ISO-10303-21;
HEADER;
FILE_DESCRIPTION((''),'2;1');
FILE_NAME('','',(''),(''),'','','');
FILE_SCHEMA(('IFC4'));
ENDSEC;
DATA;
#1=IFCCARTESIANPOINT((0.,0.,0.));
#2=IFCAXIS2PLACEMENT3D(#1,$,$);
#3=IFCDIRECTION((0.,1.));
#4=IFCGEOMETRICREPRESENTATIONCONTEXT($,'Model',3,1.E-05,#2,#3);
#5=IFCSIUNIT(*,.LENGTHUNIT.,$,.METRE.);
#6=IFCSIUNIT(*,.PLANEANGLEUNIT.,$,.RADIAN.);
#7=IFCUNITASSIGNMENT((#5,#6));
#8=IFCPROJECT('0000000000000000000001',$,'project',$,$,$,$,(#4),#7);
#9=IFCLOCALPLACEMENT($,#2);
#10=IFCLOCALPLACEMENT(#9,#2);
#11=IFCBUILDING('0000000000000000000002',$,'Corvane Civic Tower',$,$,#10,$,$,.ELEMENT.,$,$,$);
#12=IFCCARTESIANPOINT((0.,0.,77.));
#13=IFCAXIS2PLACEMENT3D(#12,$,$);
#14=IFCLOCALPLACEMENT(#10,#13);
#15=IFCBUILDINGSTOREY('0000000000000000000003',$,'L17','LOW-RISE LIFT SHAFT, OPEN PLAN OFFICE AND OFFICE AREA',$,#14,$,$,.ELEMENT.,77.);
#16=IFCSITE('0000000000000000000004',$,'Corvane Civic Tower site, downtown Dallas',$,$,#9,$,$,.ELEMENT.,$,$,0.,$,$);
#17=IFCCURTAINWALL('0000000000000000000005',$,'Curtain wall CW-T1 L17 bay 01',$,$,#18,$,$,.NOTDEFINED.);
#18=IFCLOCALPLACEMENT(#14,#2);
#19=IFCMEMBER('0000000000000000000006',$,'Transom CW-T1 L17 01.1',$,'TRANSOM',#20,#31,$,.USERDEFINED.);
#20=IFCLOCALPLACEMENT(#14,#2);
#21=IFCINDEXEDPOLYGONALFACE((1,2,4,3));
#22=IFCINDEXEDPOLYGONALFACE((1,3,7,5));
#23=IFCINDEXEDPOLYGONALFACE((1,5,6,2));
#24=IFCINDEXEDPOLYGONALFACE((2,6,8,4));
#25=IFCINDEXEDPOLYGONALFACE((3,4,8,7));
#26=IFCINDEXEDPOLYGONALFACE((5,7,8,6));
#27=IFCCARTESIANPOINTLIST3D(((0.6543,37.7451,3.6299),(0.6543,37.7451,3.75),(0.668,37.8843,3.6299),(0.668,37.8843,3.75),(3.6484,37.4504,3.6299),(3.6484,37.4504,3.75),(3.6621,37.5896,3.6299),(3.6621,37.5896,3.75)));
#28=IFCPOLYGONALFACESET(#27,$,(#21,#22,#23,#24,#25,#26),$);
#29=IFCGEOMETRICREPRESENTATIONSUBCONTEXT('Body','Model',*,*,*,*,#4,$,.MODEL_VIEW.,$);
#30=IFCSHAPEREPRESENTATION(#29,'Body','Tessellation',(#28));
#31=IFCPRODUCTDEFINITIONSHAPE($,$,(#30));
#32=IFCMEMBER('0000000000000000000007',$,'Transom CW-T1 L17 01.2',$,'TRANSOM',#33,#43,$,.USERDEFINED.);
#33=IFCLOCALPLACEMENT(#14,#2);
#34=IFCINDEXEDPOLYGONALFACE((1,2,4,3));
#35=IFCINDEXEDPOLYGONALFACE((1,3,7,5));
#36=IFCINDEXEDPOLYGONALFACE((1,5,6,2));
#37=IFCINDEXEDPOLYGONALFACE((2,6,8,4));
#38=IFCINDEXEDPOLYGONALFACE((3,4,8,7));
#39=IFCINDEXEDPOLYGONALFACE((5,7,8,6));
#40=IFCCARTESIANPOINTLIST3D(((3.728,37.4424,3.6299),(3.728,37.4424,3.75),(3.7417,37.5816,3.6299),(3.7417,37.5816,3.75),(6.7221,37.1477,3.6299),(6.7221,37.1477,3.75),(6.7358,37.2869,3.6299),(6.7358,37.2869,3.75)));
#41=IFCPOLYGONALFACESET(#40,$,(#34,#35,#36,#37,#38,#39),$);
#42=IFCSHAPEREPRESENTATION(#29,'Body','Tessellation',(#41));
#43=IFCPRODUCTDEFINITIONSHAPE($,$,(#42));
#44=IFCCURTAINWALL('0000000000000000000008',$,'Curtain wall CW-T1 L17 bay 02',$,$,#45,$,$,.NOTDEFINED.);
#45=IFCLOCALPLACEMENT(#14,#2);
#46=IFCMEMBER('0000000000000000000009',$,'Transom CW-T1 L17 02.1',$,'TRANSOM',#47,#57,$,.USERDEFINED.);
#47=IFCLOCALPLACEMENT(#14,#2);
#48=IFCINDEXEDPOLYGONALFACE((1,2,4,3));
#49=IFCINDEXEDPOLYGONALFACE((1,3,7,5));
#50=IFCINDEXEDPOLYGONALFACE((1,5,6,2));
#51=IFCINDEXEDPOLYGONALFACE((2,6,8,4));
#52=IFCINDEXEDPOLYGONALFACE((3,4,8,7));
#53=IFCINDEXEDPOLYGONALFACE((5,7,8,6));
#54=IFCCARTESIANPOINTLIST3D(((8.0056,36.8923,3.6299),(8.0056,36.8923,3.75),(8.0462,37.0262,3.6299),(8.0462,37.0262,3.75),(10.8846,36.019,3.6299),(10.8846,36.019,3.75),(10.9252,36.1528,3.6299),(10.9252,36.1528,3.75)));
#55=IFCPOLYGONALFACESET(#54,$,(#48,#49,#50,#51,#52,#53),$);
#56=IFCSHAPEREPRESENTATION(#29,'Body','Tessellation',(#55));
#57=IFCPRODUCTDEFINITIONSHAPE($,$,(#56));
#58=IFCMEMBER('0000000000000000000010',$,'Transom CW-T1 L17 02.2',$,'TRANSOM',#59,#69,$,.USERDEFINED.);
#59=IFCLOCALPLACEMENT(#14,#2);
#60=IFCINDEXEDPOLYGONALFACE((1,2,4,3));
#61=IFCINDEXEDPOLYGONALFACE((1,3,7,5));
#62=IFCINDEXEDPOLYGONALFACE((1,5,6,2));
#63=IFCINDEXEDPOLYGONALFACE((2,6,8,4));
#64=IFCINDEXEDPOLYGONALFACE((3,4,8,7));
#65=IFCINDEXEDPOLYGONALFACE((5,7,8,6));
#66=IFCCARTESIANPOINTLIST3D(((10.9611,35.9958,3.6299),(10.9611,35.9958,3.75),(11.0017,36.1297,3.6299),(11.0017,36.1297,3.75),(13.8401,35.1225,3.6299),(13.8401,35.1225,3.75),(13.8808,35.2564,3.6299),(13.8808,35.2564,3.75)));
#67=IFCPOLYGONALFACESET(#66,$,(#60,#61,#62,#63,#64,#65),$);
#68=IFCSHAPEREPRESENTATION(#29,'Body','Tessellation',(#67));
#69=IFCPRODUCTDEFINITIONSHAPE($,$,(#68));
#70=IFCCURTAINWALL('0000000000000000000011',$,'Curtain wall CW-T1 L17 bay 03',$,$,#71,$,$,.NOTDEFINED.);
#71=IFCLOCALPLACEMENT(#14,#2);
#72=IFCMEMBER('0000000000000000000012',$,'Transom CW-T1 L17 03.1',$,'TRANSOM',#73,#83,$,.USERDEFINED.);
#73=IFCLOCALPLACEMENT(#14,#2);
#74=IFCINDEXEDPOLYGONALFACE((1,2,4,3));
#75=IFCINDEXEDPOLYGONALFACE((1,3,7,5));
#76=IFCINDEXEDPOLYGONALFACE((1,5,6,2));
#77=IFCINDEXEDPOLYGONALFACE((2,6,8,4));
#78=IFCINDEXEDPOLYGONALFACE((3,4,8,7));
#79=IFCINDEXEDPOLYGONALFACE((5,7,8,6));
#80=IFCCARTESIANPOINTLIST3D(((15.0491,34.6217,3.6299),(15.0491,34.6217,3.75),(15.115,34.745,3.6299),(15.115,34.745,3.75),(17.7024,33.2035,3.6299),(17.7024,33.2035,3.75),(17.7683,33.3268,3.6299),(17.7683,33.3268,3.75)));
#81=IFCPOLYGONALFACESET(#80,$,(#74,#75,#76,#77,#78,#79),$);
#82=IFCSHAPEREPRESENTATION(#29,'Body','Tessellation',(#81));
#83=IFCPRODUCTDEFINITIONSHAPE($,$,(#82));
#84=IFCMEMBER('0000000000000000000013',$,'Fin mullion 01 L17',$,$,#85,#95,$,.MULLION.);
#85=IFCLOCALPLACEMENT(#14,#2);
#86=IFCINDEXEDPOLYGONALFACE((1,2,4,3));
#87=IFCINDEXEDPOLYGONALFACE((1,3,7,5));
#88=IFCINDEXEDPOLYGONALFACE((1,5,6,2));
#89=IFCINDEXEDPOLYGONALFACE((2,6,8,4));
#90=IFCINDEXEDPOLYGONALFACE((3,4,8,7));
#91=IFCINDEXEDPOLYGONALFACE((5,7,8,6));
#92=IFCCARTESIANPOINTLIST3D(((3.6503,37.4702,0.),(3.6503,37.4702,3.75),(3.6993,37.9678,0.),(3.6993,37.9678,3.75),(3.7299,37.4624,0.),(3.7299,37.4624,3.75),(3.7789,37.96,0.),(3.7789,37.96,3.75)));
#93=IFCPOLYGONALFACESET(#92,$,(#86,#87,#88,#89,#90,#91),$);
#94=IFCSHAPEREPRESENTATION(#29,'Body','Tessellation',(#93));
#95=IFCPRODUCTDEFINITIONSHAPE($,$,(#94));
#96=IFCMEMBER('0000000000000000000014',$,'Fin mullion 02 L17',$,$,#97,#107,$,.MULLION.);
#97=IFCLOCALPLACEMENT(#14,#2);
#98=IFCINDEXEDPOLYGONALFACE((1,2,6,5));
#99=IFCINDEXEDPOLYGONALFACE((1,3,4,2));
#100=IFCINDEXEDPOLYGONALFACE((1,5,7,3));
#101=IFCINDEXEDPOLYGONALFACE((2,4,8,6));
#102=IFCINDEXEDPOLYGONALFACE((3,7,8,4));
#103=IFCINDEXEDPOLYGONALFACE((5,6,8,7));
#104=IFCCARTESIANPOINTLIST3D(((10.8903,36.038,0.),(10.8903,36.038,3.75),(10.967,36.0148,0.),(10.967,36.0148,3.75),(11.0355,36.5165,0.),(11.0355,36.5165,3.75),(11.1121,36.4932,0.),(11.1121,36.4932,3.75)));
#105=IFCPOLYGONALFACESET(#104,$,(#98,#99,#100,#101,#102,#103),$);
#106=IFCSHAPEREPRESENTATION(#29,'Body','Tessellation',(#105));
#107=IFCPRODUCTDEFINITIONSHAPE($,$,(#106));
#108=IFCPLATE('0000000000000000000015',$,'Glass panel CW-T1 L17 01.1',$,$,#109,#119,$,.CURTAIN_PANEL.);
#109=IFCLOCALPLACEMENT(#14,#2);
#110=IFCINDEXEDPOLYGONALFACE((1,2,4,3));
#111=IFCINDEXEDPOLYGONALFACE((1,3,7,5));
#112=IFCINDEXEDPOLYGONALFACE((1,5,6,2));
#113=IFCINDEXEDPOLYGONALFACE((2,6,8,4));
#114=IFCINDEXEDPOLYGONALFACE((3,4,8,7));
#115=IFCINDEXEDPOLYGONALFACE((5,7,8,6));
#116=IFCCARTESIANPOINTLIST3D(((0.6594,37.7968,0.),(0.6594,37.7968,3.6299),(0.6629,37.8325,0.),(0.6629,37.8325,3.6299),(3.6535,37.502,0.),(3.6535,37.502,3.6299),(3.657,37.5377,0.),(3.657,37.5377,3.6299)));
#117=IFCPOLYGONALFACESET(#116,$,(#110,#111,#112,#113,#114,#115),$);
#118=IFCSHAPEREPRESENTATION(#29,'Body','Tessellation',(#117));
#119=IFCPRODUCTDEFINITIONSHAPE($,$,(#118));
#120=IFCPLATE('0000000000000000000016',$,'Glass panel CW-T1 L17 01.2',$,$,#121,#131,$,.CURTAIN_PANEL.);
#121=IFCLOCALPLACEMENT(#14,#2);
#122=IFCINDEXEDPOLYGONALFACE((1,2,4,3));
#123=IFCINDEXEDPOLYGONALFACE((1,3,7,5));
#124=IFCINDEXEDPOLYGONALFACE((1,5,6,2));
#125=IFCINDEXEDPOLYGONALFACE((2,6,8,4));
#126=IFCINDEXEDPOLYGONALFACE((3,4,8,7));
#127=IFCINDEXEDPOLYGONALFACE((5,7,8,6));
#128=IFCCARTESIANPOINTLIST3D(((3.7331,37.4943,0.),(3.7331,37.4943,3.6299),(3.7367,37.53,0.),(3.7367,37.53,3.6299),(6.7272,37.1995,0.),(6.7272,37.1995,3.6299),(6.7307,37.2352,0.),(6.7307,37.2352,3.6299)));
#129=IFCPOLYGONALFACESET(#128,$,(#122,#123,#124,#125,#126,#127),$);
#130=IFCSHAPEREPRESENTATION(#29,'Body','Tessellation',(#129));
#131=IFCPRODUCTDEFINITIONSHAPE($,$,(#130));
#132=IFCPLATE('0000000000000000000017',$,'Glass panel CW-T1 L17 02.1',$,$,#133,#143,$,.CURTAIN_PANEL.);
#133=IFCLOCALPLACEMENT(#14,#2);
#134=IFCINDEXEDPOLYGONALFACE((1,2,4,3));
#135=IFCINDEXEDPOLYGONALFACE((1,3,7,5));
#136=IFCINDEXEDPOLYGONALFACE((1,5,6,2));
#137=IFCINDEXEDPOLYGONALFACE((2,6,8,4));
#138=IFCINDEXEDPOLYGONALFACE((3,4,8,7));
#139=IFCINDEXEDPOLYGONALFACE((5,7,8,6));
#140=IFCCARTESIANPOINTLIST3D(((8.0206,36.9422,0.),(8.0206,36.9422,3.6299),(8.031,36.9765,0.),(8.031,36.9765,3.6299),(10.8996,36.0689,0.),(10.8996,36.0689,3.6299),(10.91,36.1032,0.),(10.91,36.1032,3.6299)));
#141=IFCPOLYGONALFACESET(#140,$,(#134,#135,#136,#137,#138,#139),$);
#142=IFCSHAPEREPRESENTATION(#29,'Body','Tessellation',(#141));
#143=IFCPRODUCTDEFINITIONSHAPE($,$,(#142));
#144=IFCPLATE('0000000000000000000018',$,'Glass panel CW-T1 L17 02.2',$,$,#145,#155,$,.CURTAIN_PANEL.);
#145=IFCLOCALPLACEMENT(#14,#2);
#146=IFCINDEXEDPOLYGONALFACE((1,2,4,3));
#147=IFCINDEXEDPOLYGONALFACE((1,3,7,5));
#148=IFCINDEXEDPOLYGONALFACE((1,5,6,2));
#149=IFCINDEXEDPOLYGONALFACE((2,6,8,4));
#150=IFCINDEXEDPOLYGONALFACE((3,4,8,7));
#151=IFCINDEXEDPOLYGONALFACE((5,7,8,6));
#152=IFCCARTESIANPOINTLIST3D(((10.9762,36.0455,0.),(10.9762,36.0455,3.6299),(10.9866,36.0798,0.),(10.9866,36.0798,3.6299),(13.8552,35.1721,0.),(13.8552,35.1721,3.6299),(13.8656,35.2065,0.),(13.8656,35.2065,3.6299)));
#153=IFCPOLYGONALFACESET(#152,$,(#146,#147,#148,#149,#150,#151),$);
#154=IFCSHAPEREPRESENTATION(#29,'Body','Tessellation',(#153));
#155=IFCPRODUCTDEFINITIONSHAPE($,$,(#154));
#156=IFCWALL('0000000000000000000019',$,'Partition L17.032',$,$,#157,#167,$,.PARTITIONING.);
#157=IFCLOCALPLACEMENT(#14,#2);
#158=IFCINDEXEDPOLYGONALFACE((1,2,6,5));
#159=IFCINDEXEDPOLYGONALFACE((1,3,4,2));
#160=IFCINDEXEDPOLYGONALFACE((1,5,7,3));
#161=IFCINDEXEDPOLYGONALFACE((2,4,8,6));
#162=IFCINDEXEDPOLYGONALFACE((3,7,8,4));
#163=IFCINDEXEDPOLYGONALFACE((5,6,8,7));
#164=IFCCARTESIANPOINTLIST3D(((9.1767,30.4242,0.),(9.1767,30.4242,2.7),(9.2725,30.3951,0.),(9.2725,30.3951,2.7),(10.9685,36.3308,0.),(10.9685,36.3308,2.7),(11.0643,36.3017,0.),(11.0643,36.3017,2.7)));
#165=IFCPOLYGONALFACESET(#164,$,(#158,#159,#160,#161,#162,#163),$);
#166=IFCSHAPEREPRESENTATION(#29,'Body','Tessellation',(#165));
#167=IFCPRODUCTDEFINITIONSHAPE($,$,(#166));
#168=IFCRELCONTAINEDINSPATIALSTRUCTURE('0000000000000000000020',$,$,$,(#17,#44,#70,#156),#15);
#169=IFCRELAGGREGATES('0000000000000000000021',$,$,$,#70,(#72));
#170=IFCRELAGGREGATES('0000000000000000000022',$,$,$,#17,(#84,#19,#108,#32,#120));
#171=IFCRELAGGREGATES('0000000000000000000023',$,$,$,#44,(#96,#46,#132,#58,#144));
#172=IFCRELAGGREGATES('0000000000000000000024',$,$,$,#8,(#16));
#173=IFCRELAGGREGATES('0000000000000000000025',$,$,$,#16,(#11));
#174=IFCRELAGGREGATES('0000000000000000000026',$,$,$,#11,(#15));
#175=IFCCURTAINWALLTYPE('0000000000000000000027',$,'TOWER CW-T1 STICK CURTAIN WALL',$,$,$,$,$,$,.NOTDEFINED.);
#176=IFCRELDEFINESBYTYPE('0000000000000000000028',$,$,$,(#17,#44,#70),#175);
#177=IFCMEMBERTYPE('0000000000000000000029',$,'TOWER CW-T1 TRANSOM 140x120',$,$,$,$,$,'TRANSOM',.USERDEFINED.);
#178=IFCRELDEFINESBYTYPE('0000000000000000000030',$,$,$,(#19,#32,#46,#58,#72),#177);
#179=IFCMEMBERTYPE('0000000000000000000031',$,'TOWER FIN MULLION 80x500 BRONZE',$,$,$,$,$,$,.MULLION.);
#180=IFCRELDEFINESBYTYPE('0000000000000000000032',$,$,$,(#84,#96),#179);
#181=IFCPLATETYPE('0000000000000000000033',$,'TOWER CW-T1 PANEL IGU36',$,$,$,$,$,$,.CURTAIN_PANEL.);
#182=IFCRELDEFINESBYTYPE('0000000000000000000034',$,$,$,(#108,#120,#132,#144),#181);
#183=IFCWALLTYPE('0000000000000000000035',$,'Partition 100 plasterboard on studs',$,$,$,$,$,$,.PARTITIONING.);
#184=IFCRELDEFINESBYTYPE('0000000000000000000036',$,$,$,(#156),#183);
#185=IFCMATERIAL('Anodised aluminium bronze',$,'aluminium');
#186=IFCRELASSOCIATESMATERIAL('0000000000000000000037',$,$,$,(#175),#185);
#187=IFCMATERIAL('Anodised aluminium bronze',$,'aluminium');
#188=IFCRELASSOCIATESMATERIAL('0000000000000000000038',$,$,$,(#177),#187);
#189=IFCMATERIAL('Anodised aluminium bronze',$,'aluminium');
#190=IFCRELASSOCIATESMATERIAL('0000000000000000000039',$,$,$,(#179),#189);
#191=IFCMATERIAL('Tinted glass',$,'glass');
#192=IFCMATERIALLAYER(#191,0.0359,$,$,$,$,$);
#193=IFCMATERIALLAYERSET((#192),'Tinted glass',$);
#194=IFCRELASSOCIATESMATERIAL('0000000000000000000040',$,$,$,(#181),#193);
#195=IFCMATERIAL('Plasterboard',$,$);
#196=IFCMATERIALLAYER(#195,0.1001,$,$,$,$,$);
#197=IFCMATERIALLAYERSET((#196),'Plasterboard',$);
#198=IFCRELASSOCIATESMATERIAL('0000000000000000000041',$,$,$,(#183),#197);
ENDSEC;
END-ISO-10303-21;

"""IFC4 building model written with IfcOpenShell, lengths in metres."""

from ifc_helpers import new_model, si_unit, direction, frame, frame_2d, origin, origin_2d, place, context, subcontext, project, spatial, rectangle, extrude, material, layer, layer_set, material_profile, profile_set, type_object, element, aggregate, save


model = new_model("IFC4")

# Units and contexts
model_context = context("Model", 3, precision=1e-05, world=origin(), true_north=direction((0.0, 1.0)))
body_context = subcontext(model_context, "Body", "Model", "MODEL_VIEW")
ifc_project = project(units=[si_unit("LENGTHUNIT", "METRE"), si_unit("PLANEANGLEUNIT", "RADIAN")], contexts=[model_context])

# Site, building, storey
site_placement = place(None, origin())
site = spatial("IfcSite", under=ifc_project, at=site_placement, Name="Corvane Civic Tower site, downtown Dallas", CompositionType="ELEMENT", RefElevation=0.0)
building_placement = place(site_placement, origin())
building = spatial("IfcBuilding", under=site, at=building_placement, Name="Corvane Civic Tower", CompositionType="ELEMENT")
storey_placement = place(building_placement, frame((0.0, 0.0, 77.0)))
storey = spatial("IfcBuildingStorey", under=building, at=storey_placement, Name="L17", Description="LOW-RISE LIFT SHAFT, OPEN PLAN OFFICE AND OFFICE AREA", CompositionType="ELEMENT", Elevation=77.0)

# Curtain walls, members
ifc_material_1 = material(Name="Anodised aluminium bronze", Category="aluminium")
curtain_wall_type = type_object("IfcCurtainWallType", Name="TOWER CW-T1 STICK CURTAIN WALL", PredefinedType="NOTDEFINED", material=ifc_material_1)
curtain_wall_1_placement = place(storey_placement, origin())
curtain_wall_1 = element("IfcCurtainWall", 1, at=curtain_wall_1_placement, inside=storey, type_object=curtain_wall_type, Name="Curtain wall CW-T1 L17 bay 01", PredefinedType="NOTDEFINED")
ifc_material_2 = material(Name="Anodised aluminium bronze", Category="aluminium")
ifc_material_profile_1 = material_profile(ifc_material_2, rectangle(XDim=0.1399, YDim=0.1201, at=origin_2d()), Name="TOWER CW-T1 TRANSOM 140x120")
ifc_profile_set_1 = profile_set([ifc_material_profile_1], Name="Anodised aluminium bronze")
member_type_1 = type_object("IfcMemberType", Name="TOWER CW-T1 TRANSOM 140x120", ElementType="TRANSOM", PredefinedType="USERDEFINED", material=ifc_profile_set_1)
member_1_placement = place(storey_placement, frame((0.6611, 37.8147, 3.6899), z_axis=(0.995192, -0.097945, 0.0), x_axis=(0.097945, 0.995192, 0.0)))
member_1 = element("IfcMember", 2, at=member_1_placement, type_object=member_type_1, Name="Transom CW-T1 L17 01.1", ObjectType="TRANSOM", PredefinedType="USERDEFINED", context=body_context, shape_type="SweptSolid", body=[
    extrude(rectangle(XDim=0.1399, YDim=0.1201, at=origin_2d()), origin(), (0.0, 0.0, 1.0), 3.0085),
])
member_2_placement = place(storey_placement, frame((3.7349, 37.512, 3.6899), z_axis=(0.995192, -0.097945, 0.0), x_axis=(0.097945, 0.995192, 0.0)))
member_2 = element("IfcMember", 3, at=member_2_placement, type_object=member_type_1, Name="Transom CW-T1 L17 01.2", ObjectType="TRANSOM", PredefinedType="USERDEFINED", context=body_context, shape_type="SweptSolid", body=[
    extrude(rectangle(XDim=0.1399, YDim=0.1201, at=origin_2d()), origin(), (0.0, 0.0, 1.0), 3.0085),
])
curtain_wall_2_placement = place(storey_placement, origin())
curtain_wall_2 = element("IfcCurtainWall", 4, at=curtain_wall_2_placement, inside=storey, type_object=curtain_wall_type, Name="Curtain wall CW-T1 L17 bay 02", PredefinedType="NOTDEFINED")
member_3_placement = place(storey_placement, frame((8.0259, 36.9592, 3.6899), z_axis=(0.956942, -0.29028, 0.0), x_axis=(0.29028, 0.956942, 0.0)))
member_3 = element("IfcMember", 5, at=member_3_placement, type_object=member_type_1, Name="Transom CW-T1 L17 02.1", ObjectType="TRANSOM", PredefinedType="USERDEFINED", context=body_context, shape_type="SweptSolid", body=[
    extrude(rectangle(XDim=0.1399, YDim=0.1201, at=origin_2d()), origin(), (0.0, 0.0, 1.0), 3.0085),
])
member_4_placement = place(storey_placement, frame((10.9814, 36.0627, 3.6899), z_axis=(0.956942, -0.29028, 0.0), x_axis=(0.29028, 0.956942, 0.0)))
member_4 = element("IfcMember", 6, at=member_4_placement, type_object=member_type_1, Name="Transom CW-T1 L17 02.2", ObjectType="TRANSOM", PredefinedType="USERDEFINED", context=body_context, shape_type="SweptSolid", body=[
    extrude(rectangle(XDim=0.1399, YDim=0.1201, at=origin_2d()), origin(), (0.0, 0.0, 1.0), 3.0085),
])

# Curtain wall, member
curtain_wall_3_placement = place(storey_placement, origin())
curtain_wall_3 = element("IfcCurtainWall", 7, at=curtain_wall_3_placement, inside=storey, type_object=curtain_wall_type, Name="Curtain wall CW-T1 L17 bay 03", PredefinedType="NOTDEFINED")
member_5_placement = place(storey_placement, frame((15.082, 34.6833, 3.6899), z_axis=(0.881924, -0.471393, 0.0), x_axis=(0.471393, 0.881924, 0.0)))
member_5 = element("IfcMember", 8, at=member_5_placement, type_object=member_type_1, Name="Transom CW-T1 L17 03.1", ObjectType="TRANSOM", PredefinedType="USERDEFINED", context=body_context, shape_type="SweptSolid", body=[
    extrude(rectangle(XDim=0.1399, YDim=0.1201, at=origin_2d()), origin(), (0.0, 0.0, 1.0), 3.0085),
])
aggregate(curtain_wall_3, [member_5])

# Members
ifc_material_3 = material(Name="Anodised aluminium bronze", Category="aluminium")
ifc_material_profile_2 = material_profile(ifc_material_3, rectangle(XDim=0.0801, YDim=0.5, at=origin_2d()), Name="TOWER FIN MULLION 80x500 BRONZE")
ifc_profile_set_2 = profile_set([ifc_material_profile_2], Name="Anodised aluminium bronze")
member_type_2 = type_object("IfcMemberType", Name="TOWER FIN MULLION 80x500 BRONZE", PredefinedType="MULLION", material=ifc_profile_set_2)
member_6_placement = place(storey_placement, frame((3.7146, 37.7151, 0.0), z_axis=(0.0, 0.0, 1.0), x_axis=(0.995186, -0.098006, 0.0)))
member_6 = element("IfcMember", 9, at=member_6_placement, type_object=member_type_2, Name="Fin mullion 01 L17", PredefinedType="MULLION", context=body_context, shape_type="SweptSolid", body=[
    extrude(rectangle(XDim=0.0801, YDim=0.5, at=origin_2d()), origin(), (0.0, 0.0, 1.0), 3.75),
])
member_7_placement = place(storey_placement, frame((11.0012, 36.2656, 0.0), z_axis=(0.0, 0.0, 1.0), x_axis=(0.956942, -0.290278, 0.0)))
member_7 = element("IfcMember", 10, at=member_7_placement, type_object=member_type_2, Name="Fin mullion 02 L17", PredefinedType="MULLION", context=body_context, shape_type="SweptSolid", body=[
    extrude(rectangle(XDim=0.0801, YDim=0.5, at=origin_2d()), origin(), (0.0, 0.0, 1.0), 3.75),
])

# Plates
ifc_material_4 = material(Name="Tinted glass", Category="glass")
ifc_layer_1 = layer(ifc_material_4, 0.0359)
ifc_layer_set_1 = layer_set([ifc_layer_1], Name="Tinted glass")
plate_type = type_object("IfcPlateType", Name="TOWER CW-T1 PANEL IGU36", PredefinedType="CURTAIN_PANEL", material=ifc_layer_set_1)
plate_1_placement = place(storey_placement, frame((2.1582, 37.6672, 0.0), z_axis=(0.0, 0.0, 1.0), x_axis=(0.995186, -0.098006, 0.0)))
plate_1 = element("IfcPlate", 11, at=plate_1_placement, type_object=plate_type, Name="Glass panel CW-T1 L17 01.1", PredefinedType="CURTAIN_PANEL", context=body_context, shape_type="SweptSolid", body=[
    extrude(rectangle(XDim=3.0085, YDim=0.0359, at=origin_2d()), origin(), (0.0, 0.0, 1.0), 3.6299),
])
plate_2_placement = place(storey_placement, frame((5.2319, 37.3647, 0.0), z_axis=(0.0, 0.0, 1.0), x_axis=(0.995186, -0.098006, 0.0)))
plate_2 = element("IfcPlate", 12, at=plate_2_placement, type_object=plate_type, Name="Glass panel CW-T1 L17 01.2", PredefinedType="CURTAIN_PANEL", context=body_context, shape_type="SweptSolid", body=[
    extrude(rectangle(XDim=3.0085, YDim=0.0359, at=origin_2d()), origin(), (0.0, 0.0, 1.0), 3.6299),
])
aggregate(curtain_wall_1, [member_6, member_1, plate_1, member_2, plate_2])
plate_3_placement = place(storey_placement, frame((9.4653, 36.5227, 0.0), z_axis=(0.0, 0.0, 1.0), x_axis=(0.956942, -0.290278, 0.0)))
plate_3 = element("IfcPlate", 13, at=plate_3_placement, type_object=plate_type, Name="Glass panel CW-T1 L17 02.1", PredefinedType="CURTAIN_PANEL", context=body_context, shape_type="SweptSolid", body=[
    extrude(rectangle(XDim=3.0085, YDim=0.0359, at=origin_2d()), origin(), (0.0, 0.0, 1.0), 3.6299),
])
plate_4_placement = place(storey_placement, frame((12.4209, 35.626, 0.0), z_axis=(0.0, 0.0, 1.0), x_axis=(0.956942, -0.290278, 0.0)))
plate_4 = element("IfcPlate", 14, at=plate_4_placement, type_object=plate_type, Name="Glass panel CW-T1 L17 02.2", PredefinedType="CURTAIN_PANEL", context=body_context, shape_type="SweptSolid", body=[
    extrude(rectangle(XDim=3.0085, YDim=0.0359, at=origin_2d()), origin(), (0.0, 0.0, 1.0), 3.6299),
])
aggregate(curtain_wall_2, [member_7, member_3, plate_3, member_4, plate_4])

# Wall
ifc_material_5 = material(Name="Plasterboard")
ifc_layer_2 = layer(ifc_material_5, 0.1001)
ifc_layer_set_2 = layer_set([ifc_layer_2], Name="Plasterboard")
wall_type = type_object("IfcWallType", Name="Partition 100 plasterboard on studs", PredefinedType="PARTITIONING", material=ifc_layer_set_2)
wall_placement = place(storey_placement, frame((9.2246, 30.4097, 0.0), z_axis=(0.0, 0.0, 1.0), x_axis=(0.29029, 0.956939, 0.0)))
element("IfcWall", 15, at=wall_placement, inside=storey, type_object=wall_type, Name="Partition L17.032", PredefinedType="PARTITIONING", context=body_context, shape_type="SweptSolid", body=[
    extrude(rectangle(XDim=6.1724, YDim=0.1001, at=frame_2d((3.0862, 0.0))), origin(), (0.0, 0.0, 1.0), 2.7),
])

save(model, "model.ifc")
